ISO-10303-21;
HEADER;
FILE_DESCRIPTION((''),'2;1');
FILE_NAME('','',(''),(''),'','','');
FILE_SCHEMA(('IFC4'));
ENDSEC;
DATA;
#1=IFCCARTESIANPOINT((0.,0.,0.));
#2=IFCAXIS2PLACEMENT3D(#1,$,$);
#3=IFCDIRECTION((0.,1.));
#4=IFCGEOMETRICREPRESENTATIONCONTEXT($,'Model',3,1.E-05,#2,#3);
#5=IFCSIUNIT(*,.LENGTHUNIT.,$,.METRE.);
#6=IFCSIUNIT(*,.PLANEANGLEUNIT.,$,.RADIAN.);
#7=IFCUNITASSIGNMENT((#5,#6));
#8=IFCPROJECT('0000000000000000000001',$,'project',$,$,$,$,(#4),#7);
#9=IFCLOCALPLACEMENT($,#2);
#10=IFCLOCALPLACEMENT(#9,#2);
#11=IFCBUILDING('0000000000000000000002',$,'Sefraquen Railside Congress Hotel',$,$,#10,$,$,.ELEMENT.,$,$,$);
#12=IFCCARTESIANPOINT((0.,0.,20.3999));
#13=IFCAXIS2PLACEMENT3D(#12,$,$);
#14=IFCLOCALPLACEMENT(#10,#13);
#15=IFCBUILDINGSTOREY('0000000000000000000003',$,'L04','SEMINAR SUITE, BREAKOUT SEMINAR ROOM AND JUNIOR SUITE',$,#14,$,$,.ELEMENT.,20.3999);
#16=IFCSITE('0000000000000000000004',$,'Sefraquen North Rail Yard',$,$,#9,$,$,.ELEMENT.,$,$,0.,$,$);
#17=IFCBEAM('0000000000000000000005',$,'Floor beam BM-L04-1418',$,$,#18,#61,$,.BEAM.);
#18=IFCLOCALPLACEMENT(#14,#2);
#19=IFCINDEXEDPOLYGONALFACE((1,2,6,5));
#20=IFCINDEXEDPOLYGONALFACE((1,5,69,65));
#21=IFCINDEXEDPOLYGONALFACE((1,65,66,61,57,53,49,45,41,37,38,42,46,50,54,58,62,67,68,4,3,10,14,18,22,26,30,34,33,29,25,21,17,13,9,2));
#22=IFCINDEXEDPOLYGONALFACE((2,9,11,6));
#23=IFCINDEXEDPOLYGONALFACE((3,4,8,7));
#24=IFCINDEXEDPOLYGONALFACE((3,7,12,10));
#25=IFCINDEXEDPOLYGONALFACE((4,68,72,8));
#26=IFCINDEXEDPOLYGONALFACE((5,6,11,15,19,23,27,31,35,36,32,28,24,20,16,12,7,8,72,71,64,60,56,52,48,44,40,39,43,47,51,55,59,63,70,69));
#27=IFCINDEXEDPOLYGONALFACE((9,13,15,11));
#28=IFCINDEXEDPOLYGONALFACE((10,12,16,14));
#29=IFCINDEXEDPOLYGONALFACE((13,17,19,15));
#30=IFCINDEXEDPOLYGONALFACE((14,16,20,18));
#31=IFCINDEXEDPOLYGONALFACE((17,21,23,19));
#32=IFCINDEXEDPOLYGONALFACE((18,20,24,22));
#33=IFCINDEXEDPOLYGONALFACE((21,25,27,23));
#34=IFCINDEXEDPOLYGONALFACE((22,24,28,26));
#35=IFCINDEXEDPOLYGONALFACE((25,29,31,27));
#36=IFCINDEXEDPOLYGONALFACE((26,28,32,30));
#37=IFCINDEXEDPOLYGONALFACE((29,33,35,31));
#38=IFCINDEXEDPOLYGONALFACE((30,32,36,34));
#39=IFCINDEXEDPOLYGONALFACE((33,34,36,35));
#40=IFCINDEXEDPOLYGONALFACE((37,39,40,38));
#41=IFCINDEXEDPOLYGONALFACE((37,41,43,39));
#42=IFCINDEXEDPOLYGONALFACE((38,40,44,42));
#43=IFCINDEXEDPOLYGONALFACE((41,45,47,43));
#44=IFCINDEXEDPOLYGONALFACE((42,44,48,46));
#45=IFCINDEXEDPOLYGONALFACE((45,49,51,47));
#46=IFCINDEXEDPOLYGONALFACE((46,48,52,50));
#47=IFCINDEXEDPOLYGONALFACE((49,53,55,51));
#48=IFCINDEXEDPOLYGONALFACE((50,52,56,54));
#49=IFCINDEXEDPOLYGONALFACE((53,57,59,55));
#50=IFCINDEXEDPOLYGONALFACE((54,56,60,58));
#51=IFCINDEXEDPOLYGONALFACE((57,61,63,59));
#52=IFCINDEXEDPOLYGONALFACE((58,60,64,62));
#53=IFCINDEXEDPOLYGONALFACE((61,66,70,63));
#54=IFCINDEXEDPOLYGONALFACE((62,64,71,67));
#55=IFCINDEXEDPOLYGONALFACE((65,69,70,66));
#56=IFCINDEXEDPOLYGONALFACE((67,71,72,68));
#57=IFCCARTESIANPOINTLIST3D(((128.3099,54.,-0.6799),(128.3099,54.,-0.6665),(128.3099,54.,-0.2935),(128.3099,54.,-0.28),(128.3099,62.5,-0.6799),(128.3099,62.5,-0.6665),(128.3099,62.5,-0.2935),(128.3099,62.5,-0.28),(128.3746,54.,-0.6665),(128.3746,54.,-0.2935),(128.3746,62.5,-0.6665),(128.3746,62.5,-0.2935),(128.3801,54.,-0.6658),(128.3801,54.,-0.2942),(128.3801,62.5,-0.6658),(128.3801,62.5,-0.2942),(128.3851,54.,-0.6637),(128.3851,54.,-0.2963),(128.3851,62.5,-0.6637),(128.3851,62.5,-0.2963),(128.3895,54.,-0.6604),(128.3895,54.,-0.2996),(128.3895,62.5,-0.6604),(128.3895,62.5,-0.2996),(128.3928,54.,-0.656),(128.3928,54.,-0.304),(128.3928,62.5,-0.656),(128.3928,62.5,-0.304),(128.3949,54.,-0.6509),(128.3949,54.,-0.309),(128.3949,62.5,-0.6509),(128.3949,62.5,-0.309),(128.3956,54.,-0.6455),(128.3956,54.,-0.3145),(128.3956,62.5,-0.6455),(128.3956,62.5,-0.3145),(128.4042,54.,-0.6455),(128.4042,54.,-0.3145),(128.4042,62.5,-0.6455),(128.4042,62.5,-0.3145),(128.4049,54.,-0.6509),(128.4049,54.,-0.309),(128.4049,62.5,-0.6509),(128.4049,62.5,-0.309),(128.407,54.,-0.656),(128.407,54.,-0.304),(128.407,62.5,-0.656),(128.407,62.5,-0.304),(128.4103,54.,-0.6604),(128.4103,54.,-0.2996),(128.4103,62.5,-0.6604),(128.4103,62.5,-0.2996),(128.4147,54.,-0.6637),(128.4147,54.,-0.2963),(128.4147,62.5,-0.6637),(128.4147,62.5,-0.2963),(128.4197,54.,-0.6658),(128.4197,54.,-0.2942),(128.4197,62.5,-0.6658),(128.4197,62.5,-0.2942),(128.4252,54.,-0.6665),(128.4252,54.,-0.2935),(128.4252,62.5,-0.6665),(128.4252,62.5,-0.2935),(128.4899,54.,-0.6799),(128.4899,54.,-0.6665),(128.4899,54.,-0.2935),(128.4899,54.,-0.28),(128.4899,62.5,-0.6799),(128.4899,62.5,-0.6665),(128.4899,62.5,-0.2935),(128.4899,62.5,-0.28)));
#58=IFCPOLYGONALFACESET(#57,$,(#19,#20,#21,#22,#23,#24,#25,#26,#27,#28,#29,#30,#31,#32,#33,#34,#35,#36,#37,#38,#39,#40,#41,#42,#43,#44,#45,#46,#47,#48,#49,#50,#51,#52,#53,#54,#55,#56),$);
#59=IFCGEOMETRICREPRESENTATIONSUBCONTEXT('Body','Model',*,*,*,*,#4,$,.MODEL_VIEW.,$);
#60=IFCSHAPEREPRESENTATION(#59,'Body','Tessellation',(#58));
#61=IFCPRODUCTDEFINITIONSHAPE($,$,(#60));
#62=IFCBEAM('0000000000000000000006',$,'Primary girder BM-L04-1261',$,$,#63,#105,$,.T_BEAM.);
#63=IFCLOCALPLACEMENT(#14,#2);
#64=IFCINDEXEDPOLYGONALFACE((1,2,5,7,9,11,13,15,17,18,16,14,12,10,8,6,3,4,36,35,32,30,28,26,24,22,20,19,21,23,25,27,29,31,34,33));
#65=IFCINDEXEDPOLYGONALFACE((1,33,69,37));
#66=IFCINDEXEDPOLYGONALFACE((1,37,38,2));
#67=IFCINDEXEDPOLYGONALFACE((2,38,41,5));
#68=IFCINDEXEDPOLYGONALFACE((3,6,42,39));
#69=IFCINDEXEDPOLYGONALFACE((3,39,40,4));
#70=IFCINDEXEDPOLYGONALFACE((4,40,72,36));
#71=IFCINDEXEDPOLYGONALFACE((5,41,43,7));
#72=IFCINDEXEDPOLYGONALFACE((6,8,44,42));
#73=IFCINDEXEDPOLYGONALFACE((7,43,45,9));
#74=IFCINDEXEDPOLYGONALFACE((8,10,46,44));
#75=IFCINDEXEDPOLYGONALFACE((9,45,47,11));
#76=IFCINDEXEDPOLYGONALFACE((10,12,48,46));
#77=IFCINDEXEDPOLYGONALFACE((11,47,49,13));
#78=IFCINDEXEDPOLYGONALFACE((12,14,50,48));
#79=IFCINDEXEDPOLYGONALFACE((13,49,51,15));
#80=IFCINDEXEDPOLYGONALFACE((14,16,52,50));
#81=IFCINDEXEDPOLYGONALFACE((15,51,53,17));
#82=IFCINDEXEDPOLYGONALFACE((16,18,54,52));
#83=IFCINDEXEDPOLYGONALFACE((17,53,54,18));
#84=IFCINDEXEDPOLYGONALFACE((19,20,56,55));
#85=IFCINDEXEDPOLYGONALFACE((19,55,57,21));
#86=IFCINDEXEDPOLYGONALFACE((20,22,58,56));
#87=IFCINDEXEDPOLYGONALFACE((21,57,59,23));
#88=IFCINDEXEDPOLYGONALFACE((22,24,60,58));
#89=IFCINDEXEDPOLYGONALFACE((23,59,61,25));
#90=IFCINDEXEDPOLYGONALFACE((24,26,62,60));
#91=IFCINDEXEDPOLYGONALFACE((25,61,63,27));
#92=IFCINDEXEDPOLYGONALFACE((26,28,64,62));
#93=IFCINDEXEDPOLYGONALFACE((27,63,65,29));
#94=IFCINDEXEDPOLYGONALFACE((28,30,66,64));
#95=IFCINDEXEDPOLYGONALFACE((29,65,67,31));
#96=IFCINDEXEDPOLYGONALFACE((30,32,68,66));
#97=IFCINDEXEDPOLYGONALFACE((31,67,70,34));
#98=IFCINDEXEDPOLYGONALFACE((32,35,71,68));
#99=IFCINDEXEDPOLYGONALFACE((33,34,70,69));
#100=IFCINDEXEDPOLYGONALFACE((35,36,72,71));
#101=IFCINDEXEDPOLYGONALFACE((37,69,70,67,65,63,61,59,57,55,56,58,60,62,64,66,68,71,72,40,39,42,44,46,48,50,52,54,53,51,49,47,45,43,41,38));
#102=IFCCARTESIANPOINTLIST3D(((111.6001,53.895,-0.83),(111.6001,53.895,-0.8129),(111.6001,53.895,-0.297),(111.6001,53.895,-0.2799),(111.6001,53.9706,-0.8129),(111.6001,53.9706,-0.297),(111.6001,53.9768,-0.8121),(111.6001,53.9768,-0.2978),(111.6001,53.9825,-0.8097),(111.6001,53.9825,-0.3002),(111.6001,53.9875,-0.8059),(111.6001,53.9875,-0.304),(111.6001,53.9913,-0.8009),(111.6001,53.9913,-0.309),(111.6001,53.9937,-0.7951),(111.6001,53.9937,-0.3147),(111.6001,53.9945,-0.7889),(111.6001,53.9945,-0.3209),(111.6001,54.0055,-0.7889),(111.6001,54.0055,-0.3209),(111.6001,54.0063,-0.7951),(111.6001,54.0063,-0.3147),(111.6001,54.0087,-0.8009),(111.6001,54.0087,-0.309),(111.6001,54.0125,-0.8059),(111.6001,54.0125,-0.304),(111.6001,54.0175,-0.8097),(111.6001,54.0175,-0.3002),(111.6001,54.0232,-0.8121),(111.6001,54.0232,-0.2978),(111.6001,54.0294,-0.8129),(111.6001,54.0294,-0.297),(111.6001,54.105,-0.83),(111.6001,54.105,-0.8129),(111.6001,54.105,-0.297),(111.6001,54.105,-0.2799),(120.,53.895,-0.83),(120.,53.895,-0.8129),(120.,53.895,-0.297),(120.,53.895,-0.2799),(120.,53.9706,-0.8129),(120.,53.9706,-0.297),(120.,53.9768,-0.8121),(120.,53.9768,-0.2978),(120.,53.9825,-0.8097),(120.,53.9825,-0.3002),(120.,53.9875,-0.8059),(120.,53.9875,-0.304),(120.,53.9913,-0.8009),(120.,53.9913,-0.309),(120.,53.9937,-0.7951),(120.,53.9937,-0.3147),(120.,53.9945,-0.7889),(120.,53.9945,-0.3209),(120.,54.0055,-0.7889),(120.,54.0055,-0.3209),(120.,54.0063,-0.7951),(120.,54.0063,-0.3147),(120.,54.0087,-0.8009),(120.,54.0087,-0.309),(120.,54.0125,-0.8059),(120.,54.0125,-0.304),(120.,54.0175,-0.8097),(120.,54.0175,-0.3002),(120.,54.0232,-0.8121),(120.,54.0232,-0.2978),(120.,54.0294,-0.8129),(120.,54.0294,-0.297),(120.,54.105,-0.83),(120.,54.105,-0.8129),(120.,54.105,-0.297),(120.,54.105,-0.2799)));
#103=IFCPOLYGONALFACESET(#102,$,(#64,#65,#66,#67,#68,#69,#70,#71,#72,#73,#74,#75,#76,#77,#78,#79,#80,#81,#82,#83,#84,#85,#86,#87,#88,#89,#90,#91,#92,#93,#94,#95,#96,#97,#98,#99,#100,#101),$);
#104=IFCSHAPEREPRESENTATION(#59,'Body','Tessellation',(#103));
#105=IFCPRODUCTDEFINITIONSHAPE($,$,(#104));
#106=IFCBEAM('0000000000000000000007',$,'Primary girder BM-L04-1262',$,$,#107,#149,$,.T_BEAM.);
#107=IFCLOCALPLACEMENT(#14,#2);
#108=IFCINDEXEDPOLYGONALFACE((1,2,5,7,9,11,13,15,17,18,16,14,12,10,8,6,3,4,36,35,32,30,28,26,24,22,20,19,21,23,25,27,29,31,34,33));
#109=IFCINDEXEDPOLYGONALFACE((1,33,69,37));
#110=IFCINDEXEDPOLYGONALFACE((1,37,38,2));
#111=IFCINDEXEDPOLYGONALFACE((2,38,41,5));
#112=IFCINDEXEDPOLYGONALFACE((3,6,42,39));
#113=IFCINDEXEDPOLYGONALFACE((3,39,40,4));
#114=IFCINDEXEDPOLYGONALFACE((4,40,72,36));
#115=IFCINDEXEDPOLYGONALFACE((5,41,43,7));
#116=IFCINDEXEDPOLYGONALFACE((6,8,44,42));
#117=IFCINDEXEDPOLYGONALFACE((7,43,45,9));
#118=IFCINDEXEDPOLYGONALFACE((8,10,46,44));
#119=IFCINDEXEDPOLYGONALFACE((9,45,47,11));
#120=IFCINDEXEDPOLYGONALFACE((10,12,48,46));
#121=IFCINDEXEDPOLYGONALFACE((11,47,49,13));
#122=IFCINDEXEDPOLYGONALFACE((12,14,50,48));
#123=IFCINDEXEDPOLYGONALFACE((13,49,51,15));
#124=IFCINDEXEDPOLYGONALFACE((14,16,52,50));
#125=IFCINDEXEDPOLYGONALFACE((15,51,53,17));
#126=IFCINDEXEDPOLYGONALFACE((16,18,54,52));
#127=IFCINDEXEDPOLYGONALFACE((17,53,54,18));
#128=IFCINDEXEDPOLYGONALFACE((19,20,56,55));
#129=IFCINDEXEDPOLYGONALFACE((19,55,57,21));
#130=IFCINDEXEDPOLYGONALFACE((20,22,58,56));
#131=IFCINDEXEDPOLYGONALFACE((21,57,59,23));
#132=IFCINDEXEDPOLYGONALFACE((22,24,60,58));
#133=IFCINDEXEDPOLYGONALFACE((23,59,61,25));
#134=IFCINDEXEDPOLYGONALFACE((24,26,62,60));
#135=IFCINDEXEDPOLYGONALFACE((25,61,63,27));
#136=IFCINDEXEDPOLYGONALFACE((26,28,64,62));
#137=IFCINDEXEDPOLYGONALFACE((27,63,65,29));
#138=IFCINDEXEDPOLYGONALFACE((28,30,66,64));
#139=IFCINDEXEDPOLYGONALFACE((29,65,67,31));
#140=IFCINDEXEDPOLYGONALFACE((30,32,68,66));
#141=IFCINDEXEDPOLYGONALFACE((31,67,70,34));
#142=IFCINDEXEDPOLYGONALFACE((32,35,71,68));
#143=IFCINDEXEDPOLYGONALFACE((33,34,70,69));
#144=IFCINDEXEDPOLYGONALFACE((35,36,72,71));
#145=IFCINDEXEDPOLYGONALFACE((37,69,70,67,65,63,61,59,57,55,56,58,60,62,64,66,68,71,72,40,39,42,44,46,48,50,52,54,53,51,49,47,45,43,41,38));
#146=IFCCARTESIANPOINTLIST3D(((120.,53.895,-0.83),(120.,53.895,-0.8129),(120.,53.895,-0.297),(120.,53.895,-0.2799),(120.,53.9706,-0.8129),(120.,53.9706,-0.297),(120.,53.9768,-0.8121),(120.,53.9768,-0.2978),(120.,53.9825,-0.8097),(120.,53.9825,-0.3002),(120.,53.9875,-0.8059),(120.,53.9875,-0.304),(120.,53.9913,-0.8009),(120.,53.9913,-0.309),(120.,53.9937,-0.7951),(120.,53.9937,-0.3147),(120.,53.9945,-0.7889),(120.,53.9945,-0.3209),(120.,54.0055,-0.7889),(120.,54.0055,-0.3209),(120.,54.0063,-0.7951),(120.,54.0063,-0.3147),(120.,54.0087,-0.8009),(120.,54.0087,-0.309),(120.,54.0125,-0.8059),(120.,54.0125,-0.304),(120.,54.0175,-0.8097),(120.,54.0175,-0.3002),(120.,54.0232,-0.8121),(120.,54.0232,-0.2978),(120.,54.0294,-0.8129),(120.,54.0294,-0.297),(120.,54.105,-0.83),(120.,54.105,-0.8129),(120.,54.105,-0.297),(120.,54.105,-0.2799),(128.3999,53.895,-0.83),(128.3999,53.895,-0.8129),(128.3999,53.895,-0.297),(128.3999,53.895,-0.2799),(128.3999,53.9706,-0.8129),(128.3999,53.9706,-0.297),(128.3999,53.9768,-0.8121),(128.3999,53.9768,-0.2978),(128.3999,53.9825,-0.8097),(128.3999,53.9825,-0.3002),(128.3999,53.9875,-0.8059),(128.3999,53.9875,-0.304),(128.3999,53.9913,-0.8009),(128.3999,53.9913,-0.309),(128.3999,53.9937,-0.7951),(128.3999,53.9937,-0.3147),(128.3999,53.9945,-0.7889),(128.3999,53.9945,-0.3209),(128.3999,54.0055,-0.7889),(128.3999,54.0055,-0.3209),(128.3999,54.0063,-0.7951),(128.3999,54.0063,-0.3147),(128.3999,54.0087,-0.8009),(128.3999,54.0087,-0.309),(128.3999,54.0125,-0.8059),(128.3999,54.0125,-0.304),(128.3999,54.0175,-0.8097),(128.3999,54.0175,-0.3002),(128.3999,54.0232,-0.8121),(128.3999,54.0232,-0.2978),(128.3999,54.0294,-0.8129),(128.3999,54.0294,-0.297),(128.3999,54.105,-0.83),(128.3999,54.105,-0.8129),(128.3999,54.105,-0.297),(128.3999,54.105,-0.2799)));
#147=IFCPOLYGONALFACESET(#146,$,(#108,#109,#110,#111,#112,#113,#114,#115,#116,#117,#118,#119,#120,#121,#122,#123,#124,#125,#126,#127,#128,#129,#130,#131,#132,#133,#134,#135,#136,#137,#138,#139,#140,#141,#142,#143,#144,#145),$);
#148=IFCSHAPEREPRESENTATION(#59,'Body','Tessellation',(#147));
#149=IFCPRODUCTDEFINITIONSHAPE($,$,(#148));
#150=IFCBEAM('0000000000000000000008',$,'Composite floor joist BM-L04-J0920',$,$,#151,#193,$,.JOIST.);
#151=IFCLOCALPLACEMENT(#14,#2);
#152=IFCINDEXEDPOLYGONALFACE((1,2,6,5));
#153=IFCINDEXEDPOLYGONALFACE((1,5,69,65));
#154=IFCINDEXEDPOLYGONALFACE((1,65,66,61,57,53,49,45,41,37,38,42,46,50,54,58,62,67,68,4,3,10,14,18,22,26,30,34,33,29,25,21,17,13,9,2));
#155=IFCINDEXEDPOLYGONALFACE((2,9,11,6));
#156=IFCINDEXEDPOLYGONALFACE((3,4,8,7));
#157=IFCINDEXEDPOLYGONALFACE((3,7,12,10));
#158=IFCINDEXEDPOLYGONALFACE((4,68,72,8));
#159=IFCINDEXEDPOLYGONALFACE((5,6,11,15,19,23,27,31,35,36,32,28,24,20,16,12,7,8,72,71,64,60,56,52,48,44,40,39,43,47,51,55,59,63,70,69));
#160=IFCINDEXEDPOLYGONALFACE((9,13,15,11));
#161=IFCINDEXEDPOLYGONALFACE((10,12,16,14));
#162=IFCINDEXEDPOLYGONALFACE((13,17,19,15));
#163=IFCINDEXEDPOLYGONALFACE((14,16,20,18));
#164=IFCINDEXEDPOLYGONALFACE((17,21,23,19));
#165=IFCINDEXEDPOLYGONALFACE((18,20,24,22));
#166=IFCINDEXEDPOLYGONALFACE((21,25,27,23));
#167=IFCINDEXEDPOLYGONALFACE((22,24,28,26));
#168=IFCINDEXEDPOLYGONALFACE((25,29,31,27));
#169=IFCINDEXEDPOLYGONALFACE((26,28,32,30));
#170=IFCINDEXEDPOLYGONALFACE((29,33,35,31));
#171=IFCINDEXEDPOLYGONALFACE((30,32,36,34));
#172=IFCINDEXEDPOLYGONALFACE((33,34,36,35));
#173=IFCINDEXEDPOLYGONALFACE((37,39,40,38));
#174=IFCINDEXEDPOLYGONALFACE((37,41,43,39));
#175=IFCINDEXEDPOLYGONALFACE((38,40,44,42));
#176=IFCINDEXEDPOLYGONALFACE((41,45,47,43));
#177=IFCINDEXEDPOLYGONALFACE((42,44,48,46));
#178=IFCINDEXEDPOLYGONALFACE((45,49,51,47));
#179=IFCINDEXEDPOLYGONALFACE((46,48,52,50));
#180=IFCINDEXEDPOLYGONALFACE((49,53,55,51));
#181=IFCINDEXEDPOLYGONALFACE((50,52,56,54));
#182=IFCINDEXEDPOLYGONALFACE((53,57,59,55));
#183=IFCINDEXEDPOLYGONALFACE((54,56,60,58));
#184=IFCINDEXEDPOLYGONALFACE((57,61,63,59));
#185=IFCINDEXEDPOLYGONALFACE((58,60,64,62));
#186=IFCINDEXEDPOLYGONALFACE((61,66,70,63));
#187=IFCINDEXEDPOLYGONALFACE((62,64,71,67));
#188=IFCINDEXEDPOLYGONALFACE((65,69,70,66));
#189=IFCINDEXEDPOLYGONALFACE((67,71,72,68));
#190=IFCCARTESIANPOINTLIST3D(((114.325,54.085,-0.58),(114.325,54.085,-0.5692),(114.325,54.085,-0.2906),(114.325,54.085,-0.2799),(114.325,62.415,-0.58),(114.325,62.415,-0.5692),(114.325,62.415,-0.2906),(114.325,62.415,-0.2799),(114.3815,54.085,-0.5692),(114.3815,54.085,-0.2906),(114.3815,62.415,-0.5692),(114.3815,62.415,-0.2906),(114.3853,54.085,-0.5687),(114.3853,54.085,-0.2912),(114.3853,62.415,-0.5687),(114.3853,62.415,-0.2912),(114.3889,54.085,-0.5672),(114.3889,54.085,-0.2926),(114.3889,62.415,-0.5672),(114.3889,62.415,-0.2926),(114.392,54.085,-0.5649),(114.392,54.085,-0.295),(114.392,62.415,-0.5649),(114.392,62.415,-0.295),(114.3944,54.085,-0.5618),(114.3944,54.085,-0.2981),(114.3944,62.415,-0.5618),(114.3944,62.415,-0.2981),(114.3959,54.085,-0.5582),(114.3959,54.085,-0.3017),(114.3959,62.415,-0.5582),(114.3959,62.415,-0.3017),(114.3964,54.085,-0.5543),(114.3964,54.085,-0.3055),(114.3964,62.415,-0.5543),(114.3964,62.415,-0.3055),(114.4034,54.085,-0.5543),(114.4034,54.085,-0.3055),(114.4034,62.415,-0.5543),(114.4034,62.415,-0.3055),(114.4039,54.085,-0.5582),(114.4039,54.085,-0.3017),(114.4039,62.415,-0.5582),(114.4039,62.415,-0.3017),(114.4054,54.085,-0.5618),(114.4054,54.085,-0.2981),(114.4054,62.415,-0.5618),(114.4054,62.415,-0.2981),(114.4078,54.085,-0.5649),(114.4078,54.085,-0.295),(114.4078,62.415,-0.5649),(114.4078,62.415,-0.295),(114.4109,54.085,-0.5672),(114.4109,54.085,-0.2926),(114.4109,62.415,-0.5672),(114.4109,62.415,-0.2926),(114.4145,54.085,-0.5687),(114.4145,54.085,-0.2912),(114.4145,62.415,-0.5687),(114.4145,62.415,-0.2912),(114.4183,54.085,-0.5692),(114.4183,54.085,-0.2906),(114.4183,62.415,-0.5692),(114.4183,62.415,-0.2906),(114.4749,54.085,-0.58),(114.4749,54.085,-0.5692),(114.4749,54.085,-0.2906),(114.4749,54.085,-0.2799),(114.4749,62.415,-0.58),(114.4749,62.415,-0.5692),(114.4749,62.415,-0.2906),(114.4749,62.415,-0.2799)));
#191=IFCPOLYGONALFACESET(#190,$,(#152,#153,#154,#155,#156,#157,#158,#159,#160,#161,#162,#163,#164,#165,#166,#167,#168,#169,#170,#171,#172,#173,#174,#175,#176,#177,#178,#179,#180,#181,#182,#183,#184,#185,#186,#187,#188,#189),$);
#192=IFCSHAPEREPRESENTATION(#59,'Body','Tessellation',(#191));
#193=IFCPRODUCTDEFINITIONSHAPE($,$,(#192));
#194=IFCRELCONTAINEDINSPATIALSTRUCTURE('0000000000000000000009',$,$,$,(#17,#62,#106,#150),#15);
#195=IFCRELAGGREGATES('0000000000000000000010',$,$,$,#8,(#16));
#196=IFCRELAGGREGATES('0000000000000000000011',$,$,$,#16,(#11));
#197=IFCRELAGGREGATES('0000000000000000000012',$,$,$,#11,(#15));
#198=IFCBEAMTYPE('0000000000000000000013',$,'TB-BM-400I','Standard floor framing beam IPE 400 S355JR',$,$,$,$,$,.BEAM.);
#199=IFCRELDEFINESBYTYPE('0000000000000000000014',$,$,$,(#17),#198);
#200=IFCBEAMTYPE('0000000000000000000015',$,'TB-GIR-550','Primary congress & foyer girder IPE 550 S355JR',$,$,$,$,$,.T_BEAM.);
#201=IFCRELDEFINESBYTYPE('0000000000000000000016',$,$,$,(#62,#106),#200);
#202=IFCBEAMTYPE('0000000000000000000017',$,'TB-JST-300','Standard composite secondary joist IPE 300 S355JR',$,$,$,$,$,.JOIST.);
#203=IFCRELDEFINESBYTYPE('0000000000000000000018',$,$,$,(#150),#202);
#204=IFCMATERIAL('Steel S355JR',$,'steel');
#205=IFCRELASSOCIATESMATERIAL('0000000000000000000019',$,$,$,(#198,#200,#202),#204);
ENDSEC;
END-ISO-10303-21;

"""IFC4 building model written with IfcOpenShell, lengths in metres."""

from ifc_helpers import new_model, si_unit, direction, frame, origin, origin_2d, place, context, subcontext, project, spatial, i_section, extrude, material, material_profile, profile_set, type_object, element, save


model = new_model("IFC4")

# Units and contexts
model_context = context("Model", 3, precision=1e-05, world=origin(), true_north=direction((0.0, 1.0)))
body_context = subcontext(model_context, "Body", "Model", "MODEL_VIEW")
ifc_project = project(units=[si_unit("LENGTHUNIT", "METRE"), si_unit("PLANEANGLEUNIT", "RADIAN")], contexts=[model_context])

# Site, building, storey
site_placement = place(None, origin())
site = spatial("IfcSite", under=ifc_project, at=site_placement, Name="Sefraquen North Rail Yard", CompositionType="ELEMENT", RefElevation=0.0)
building_placement = place(site_placement, origin())
building = spatial("IfcBuilding", under=site, at=building_placement, Name="Sefraquen Railside Congress Hotel", CompositionType="ELEMENT")
storey_placement = place(building_placement, frame((0.0, 0.0, 20.3999)))
storey = spatial("IfcBuildingStorey", under=building, at=storey_placement, Name="L04", Description="SEMINAR SUITE, BREAKOUT SEMINAR ROOM AND JUNIOR SUITE", CompositionType="ELEMENT", Elevation=20.3999)

# Shared definitions
ifc_material_1 = material(Name="Steel S355JR", Category="steel")

# Beams
ifc_material_profile_1 = material_profile(ifc_material_1, i_section(OverallWidth=0.1799, OverallDepth=0.3999, WebThickness=0.0085, FlangeThickness=0.0134, FilletRadius=0.021, at=origin_2d()), Name="IPE 400")
ifc_profile_set_1 = profile_set([ifc_material_profile_1], Name="Steel S355JR")
beam_type_1 = type_object("IfcBeamType", Name="TB-BM-400I", Description="Standard floor framing beam IPE 400 S355JR", PredefinedType="BEAM", material=ifc_profile_set_1)
for number, where, z_axis, x_axis, name in (
    (1, (128.3999, 54.0, -0.48), (0.0, 1.0, 0.0), (-1.0, 0.0, 0.0), "Floor beam BM-L04-1418"),
):
    element("IfcBeam", number, at=place(storey_placement, frame(where, z_axis=z_axis, x_axis=x_axis)), inside=storey, type_object=beam_type_1, Name=name, PredefinedType="BEAM", context=body_context, shape_type="SweptSolid", body=[
        extrude(i_section(OverallWidth=0.1799, OverallDepth=0.3999, WebThickness=0.0085, FlangeThickness=0.0134, FilletRadius=0.021, at=origin_2d()), origin(), (0.0, 0.0, 1.0), 8.5),
    ])
ifc_material_profile_2 = material_profile(ifc_material_1, i_section(OverallWidth=0.21, OverallDepth=0.55, WebThickness=0.011, FlangeThickness=0.0171, FilletRadius=0.0239, at=origin_2d()), Name="IPE 550")
ifc_profile_set_2 = profile_set([ifc_material_profile_2], Name="Steel S355JR")
beam_type_2 = type_object("IfcBeamType", Name="TB-GIR-550", Description="Primary congress & foyer girder IPE 550 S355JR", PredefinedType="T_BEAM", material=ifc_profile_set_2)
for number, where, z_axis, x_axis, name in (
    (2, (111.6001, 54.0, -0.5549), (1.0, 0.0, 0.0), (0.0, 1.0, 0.0), "Primary girder BM-L04-1261"),
    (3, (120.0, 54.0, -0.5549), (1.0, 0.0, 0.0), (0.0, 1.0, 0.0), "Primary girder BM-L04-1262"),
):
    element("IfcBeam", number, at=place(storey_placement, frame(where, z_axis=z_axis, x_axis=x_axis)), inside=storey, type_object=beam_type_2, Name=name, PredefinedType="T_BEAM", context=body_context, shape_type="SweptSolid", body=[
        extrude(i_section(OverallWidth=0.21, OverallDepth=0.55, WebThickness=0.011, FlangeThickness=0.0171, FilletRadius=0.0239, at=origin_2d()), origin(), (0.0, 0.0, 1.0), 8.3999),
    ])
ifc_material_profile_3 = material_profile(ifc_material_1, i_section(OverallWidth=0.1499, OverallDepth=0.3, WebThickness=0.0071, FlangeThickness=0.0107, FilletRadius=0.0149, at=origin_2d()), Name="IPE 300")
ifc_profile_set_3 = profile_set([ifc_material_profile_3], Name="Steel S355JR")
beam_type_3 = type_object("IfcBeamType", Name="TB-JST-300", Description="Standard composite secondary joist IPE 300 S355JR", PredefinedType="JOIST", material=ifc_profile_set_3)
for number, where, z_axis, x_axis, name in (
    (4, (114.3999, 54.085, -0.4299), (0.0, 1.0, 0.0), (-1.0, 0.0, 0.0), "Composite floor joist BM-L04-J0920"),
):
    element("IfcBeam", number, at=place(storey_placement, frame(where, z_axis=z_axis, x_axis=x_axis)), inside=storey, type_object=beam_type_3, Name=name, PredefinedType="JOIST", context=body_context, shape_type="SweptSolid", body=[
        extrude(i_section(OverallWidth=0.1499, OverallDepth=0.3, WebThickness=0.0071, FlangeThickness=0.0107, FilletRadius=0.0149, at=origin_2d()), origin(), (0.0, 0.0, 1.0), 8.3301),
    ])

save(model, "model.ifc")
